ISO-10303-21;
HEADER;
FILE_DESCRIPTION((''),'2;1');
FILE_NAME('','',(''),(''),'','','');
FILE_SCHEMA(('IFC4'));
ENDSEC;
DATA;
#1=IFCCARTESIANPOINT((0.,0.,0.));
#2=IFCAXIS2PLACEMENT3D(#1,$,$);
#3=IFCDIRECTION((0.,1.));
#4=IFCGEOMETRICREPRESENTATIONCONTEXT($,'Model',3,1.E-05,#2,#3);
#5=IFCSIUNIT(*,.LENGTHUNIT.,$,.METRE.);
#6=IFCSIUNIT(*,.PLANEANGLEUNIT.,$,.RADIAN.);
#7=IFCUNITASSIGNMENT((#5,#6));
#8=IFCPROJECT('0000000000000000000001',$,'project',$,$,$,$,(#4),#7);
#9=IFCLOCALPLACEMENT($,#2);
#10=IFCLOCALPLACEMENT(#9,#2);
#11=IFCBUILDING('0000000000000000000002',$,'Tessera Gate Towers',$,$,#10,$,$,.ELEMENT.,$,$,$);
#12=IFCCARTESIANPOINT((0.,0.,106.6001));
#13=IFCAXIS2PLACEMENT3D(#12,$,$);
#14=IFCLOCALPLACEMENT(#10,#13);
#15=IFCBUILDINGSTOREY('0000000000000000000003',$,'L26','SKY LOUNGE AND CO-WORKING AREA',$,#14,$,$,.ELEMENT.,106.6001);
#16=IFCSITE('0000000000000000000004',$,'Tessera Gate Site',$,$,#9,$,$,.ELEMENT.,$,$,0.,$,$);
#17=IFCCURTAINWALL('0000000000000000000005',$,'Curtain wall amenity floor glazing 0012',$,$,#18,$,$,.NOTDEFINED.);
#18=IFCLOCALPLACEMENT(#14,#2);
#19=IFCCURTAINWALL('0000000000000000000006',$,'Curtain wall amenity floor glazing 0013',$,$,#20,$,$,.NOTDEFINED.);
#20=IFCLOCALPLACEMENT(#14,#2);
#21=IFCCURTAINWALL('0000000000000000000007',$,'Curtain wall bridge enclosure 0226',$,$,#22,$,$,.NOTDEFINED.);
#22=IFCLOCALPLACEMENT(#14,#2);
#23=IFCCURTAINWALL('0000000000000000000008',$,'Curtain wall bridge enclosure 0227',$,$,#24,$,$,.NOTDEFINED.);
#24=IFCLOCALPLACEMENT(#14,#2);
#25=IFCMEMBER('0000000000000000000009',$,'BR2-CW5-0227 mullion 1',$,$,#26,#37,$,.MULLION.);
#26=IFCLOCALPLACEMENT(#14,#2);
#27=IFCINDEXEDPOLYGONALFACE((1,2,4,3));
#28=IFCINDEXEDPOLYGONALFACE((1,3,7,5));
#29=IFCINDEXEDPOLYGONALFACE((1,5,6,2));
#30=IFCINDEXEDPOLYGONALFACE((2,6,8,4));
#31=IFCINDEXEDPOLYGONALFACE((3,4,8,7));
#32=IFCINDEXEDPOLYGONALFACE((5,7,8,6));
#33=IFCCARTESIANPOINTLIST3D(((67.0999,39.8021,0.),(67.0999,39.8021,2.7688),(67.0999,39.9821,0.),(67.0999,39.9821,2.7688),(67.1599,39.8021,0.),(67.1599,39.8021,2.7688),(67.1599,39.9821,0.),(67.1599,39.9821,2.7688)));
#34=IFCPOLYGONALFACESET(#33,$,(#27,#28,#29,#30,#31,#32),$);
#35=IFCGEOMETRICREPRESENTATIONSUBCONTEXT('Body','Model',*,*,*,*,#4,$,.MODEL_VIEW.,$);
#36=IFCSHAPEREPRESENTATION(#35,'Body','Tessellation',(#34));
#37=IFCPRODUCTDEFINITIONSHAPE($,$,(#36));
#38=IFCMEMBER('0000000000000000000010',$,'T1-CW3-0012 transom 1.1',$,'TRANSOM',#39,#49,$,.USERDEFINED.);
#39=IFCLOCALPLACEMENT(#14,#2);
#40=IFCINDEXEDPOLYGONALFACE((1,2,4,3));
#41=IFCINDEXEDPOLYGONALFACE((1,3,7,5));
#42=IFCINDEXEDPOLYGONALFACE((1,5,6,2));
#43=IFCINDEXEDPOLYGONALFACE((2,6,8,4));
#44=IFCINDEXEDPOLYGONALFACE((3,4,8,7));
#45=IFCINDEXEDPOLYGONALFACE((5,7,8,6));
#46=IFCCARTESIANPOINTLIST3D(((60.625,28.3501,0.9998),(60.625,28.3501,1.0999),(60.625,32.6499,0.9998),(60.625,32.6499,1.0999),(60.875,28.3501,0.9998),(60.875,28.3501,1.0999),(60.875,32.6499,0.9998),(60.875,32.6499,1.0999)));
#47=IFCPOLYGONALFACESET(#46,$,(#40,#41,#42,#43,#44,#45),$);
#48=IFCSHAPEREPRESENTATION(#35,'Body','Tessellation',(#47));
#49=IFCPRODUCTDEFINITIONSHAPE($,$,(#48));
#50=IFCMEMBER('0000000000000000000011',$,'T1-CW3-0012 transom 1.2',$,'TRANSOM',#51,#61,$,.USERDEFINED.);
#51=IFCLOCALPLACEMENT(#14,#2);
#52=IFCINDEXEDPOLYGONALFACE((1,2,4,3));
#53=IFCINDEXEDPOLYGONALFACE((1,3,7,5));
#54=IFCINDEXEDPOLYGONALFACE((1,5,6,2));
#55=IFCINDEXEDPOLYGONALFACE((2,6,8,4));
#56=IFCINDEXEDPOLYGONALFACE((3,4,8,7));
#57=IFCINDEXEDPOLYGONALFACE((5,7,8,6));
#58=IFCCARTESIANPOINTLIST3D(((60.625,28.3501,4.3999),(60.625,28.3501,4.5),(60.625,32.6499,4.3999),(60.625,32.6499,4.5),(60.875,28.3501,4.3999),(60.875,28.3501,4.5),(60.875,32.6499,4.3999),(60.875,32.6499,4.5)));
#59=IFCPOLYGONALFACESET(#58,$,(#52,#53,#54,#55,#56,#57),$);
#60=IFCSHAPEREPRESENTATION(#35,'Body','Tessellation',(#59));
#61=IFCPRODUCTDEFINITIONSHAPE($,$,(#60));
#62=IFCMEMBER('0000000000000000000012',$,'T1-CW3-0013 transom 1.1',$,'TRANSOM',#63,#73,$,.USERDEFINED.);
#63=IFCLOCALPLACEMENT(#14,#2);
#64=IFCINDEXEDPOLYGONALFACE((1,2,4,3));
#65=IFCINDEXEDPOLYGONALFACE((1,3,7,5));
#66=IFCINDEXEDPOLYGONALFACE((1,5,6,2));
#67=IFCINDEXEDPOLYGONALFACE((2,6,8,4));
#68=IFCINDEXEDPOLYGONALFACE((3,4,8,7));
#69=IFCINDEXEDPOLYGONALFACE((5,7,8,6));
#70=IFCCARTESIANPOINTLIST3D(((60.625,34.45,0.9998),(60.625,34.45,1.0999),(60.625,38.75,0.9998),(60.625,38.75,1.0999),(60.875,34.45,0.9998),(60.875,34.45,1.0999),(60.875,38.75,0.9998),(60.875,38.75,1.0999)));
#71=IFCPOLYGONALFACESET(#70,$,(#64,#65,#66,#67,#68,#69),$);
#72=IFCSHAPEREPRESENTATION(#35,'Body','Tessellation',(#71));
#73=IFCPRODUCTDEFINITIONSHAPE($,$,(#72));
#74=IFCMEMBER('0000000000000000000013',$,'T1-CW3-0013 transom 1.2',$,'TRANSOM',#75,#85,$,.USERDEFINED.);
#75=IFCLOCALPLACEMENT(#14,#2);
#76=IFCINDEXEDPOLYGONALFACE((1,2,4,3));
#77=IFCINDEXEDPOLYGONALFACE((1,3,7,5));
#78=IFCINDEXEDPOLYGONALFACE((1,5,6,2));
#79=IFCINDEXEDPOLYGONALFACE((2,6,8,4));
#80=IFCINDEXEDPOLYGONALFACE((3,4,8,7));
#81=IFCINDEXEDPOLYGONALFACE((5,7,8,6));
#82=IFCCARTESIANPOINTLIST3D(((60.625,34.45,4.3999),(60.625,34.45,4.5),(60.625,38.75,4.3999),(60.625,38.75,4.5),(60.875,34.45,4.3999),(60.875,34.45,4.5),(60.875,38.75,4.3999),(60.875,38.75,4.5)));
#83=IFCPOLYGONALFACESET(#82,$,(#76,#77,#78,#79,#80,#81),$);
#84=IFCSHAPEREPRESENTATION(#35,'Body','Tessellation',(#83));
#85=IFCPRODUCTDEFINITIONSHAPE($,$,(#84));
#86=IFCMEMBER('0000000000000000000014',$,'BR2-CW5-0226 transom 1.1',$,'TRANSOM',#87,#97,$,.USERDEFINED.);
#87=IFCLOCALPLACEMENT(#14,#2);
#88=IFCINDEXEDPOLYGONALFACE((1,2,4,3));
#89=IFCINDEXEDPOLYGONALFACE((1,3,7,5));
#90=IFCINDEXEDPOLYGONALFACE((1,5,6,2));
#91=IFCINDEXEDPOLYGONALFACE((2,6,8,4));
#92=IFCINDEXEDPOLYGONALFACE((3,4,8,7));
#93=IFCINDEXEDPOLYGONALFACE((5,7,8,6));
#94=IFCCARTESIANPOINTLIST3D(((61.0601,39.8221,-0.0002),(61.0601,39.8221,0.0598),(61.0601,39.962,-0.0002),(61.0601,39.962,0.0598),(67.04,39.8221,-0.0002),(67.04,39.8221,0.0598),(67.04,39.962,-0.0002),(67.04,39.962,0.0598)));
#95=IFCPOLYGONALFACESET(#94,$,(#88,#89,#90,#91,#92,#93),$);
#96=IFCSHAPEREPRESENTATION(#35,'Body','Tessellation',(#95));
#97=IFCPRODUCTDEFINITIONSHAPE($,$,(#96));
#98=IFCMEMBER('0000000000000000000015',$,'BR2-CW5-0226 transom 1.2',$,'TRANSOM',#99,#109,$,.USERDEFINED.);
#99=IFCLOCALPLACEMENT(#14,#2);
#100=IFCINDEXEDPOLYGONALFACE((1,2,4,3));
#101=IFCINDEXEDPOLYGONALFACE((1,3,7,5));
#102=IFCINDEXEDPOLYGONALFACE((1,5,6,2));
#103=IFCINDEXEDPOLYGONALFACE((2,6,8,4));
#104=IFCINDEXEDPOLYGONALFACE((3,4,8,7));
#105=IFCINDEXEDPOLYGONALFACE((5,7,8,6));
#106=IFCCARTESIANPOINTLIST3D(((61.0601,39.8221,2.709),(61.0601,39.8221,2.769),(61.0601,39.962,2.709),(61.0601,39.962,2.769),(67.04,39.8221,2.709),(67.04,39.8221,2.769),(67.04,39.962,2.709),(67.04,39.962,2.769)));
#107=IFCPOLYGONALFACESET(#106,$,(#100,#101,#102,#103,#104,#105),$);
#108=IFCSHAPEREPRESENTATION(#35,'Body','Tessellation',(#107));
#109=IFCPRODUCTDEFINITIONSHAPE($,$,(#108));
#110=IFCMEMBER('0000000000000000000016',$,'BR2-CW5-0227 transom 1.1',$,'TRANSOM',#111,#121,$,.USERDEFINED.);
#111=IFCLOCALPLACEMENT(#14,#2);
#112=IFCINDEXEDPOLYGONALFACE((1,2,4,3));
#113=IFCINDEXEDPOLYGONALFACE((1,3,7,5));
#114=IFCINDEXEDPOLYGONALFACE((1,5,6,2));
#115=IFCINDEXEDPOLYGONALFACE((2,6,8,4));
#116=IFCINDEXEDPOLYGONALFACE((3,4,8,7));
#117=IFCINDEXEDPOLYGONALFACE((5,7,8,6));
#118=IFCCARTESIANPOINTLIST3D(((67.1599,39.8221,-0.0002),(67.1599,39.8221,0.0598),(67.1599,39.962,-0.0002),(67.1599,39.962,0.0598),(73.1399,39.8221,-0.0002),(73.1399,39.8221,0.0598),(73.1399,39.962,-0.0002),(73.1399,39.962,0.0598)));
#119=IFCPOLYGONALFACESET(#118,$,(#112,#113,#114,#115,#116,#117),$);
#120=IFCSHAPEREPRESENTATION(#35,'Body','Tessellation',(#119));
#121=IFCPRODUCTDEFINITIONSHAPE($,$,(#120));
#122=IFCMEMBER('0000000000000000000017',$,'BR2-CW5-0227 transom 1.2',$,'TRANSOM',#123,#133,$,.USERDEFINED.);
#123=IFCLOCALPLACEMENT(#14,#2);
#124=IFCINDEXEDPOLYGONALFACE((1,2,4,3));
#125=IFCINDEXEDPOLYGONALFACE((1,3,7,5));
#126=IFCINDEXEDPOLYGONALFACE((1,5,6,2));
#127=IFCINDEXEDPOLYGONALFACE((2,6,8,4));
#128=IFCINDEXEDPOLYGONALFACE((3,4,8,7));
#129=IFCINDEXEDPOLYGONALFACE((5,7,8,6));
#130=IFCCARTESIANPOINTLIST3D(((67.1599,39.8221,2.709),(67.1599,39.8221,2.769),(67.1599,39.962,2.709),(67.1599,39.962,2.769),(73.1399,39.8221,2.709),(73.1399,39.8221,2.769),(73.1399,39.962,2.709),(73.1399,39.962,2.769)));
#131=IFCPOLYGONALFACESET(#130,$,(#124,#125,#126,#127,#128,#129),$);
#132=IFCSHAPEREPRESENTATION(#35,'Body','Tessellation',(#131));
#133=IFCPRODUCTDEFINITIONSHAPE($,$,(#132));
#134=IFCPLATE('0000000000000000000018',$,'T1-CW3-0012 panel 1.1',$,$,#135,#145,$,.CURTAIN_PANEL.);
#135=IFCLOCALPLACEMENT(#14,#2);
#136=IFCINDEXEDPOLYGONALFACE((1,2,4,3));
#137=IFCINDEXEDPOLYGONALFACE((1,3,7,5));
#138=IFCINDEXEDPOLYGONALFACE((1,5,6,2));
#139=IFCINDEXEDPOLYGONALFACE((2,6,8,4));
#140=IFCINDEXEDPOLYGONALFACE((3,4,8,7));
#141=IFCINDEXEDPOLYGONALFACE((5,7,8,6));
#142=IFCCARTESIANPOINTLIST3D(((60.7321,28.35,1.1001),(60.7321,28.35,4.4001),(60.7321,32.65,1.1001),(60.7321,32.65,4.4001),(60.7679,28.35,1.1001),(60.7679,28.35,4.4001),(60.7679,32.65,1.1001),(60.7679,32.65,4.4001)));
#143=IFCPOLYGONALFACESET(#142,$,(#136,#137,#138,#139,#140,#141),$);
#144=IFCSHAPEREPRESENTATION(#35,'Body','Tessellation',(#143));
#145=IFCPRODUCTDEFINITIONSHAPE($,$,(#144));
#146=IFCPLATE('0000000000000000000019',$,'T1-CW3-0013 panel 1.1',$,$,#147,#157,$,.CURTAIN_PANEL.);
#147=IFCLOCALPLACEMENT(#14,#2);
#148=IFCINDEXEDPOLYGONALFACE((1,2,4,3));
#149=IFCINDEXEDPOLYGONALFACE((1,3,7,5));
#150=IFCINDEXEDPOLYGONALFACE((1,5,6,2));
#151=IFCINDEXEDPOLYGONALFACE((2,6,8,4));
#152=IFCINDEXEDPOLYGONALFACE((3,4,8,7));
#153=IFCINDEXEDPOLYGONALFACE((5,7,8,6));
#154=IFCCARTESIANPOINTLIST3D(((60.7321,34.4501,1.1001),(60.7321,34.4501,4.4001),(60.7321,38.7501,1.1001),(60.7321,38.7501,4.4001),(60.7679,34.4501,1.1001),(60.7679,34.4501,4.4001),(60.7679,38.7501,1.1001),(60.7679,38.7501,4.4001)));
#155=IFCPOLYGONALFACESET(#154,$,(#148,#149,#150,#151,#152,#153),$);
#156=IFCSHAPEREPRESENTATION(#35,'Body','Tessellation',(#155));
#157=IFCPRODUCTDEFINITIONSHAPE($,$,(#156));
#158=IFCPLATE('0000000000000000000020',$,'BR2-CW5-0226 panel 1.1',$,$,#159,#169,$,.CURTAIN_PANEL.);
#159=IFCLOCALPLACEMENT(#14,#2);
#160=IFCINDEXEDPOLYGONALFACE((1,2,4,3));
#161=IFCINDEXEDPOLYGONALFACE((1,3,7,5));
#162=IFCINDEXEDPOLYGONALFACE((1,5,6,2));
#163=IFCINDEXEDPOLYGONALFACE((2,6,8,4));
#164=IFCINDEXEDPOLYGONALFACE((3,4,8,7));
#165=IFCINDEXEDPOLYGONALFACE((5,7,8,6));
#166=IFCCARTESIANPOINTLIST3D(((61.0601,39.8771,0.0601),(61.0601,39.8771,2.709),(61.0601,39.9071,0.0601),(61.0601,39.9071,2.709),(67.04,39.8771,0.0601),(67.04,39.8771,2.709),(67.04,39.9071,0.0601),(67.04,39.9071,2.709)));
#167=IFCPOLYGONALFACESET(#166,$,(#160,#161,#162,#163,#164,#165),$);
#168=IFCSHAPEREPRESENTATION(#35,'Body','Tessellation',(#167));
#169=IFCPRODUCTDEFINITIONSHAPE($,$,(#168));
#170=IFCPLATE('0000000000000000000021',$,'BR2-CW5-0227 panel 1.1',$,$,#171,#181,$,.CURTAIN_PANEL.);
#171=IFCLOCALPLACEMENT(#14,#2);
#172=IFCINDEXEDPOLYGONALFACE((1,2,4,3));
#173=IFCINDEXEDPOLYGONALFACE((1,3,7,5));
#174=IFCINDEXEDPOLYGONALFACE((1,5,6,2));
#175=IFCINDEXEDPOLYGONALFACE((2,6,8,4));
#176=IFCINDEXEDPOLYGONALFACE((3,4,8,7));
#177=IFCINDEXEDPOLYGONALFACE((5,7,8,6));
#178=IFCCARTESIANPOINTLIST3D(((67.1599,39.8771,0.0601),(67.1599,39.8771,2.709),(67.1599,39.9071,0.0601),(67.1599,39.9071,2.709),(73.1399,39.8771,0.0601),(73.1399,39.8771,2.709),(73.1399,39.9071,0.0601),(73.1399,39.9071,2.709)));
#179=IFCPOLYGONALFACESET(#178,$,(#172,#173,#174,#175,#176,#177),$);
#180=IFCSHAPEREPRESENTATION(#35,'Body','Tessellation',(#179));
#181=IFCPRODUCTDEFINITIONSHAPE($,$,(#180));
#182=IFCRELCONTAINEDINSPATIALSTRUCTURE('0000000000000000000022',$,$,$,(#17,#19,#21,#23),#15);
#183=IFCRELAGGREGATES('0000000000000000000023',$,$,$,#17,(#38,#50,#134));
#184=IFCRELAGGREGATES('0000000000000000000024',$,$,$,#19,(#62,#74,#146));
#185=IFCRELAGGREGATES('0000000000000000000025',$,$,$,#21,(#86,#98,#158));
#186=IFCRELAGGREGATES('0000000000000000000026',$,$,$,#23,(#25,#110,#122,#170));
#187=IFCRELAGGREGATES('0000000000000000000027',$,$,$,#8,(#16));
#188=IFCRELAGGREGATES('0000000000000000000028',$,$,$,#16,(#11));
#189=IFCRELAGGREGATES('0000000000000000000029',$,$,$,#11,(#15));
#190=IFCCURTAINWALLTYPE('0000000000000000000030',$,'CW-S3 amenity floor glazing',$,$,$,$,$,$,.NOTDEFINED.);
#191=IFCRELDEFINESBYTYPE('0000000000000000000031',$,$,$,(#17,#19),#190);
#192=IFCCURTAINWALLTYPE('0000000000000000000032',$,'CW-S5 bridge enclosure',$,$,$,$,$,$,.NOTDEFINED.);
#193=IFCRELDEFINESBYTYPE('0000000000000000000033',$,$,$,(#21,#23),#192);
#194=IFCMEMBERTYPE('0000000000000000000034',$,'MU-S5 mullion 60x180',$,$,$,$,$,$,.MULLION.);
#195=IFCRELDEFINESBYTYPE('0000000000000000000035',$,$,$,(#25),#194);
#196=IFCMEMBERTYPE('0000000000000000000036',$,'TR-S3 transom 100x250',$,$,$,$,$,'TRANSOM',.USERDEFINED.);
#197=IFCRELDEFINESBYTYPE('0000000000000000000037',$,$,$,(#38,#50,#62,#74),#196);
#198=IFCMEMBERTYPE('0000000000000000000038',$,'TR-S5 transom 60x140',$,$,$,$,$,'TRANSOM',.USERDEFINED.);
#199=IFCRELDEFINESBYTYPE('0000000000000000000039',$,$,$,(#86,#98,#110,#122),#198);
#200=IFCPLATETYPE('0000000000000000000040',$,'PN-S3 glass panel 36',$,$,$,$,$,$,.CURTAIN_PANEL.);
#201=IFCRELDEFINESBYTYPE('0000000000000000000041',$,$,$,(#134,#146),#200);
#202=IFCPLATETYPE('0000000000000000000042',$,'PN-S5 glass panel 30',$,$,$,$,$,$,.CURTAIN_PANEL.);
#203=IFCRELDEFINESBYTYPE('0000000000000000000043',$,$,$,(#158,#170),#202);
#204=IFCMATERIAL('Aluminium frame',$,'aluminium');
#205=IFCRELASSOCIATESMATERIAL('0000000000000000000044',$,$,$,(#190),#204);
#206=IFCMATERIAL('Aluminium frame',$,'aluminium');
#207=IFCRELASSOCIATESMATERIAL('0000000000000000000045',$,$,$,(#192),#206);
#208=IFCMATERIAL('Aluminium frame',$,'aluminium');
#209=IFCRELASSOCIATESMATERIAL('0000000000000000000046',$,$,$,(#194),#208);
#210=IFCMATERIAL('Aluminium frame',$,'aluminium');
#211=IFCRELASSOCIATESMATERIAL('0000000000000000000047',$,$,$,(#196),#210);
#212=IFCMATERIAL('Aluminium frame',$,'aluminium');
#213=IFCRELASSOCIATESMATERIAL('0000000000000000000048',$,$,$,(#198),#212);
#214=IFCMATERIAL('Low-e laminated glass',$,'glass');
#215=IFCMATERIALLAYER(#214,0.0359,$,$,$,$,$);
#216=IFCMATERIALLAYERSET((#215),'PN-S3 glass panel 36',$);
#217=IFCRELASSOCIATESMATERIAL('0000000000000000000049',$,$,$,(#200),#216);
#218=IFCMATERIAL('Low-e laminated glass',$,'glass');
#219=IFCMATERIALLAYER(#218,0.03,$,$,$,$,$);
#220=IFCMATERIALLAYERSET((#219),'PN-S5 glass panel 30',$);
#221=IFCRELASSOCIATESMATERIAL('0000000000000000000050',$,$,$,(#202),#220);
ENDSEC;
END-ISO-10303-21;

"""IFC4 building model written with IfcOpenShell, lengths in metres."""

from ifc_helpers import new_model, si_unit, direction, frame, origin, origin_2d, place, context, subcontext, project, spatial, rectangle, extrude, material, layer, layer_set, material_profile, profile_set, type_object, element, aggregate, save


model = new_model("IFC4")

# Units and contexts
model_context = context("Model", 3, precision=1e-05, world=origin(), true_north=direction((0.0, 1.0)))
body_context = subcontext(model_context, "Body", "Model", "MODEL_VIEW")
ifc_project = project(units=[si_unit("LENGTHUNIT", "METRE"), si_unit("PLANEANGLEUNIT", "RADIAN")], contexts=[model_context])

# Site, building, storey
site_placement = place(None, origin())
site = spatial("IfcSite", under=ifc_project, at=site_placement, Name="Tessera Gate Site", CompositionType="ELEMENT", RefElevation=0.0)
building_placement = place(site_placement, origin())
building = spatial("IfcBuilding", under=site, at=building_placement, Name="Tessera Gate Towers", CompositionType="ELEMENT")
storey_placement = place(building_placement, frame((0.0, 0.0, 106.6001)))
storey = spatial("IfcBuildingStorey", under=building, at=storey_placement, Name="L26", Description="SKY LOUNGE AND CO-WORKING AREA", CompositionType="ELEMENT", Elevation=106.6001)

# Curtain walls
ifc_material_1 = material(Name="Aluminium frame", Category="aluminium")
curtain_wall_type_1 = type_object("IfcCurtainWallType", Name="CW-S3 amenity floor glazing", PredefinedType="NOTDEFINED", material=ifc_material_1)
curtain_wall_1_placement = place(storey_placement, origin())
curtain_wall_1 = element("IfcCurtainWall", 1, at=curtain_wall_1_placement, inside=storey, type_object=curtain_wall_type_1, Name="Curtain wall amenity floor glazing 0012", PredefinedType="NOTDEFINED")
curtain_wall_2_placement = place(storey_placement, origin())
curtain_wall_2 = element("IfcCurtainWall", 2, at=curtain_wall_2_placement, inside=storey, type_object=curtain_wall_type_1, Name="Curtain wall amenity floor glazing 0013", PredefinedType="NOTDEFINED")
ifc_material_2 = material(Name="Aluminium frame", Category="aluminium")
curtain_wall_type_2 = type_object("IfcCurtainWallType", Name="CW-S5 bridge enclosure", PredefinedType="NOTDEFINED", material=ifc_material_2)
curtain_wall_3_placement = place(storey_placement, origin())
curtain_wall_3 = element("IfcCurtainWall", 3, at=curtain_wall_3_placement, inside=storey, type_object=curtain_wall_type_2, Name="Curtain wall bridge enclosure 0226", PredefinedType="NOTDEFINED")
ifc_material_3 = material(Name="Aluminium frame", Category="aluminium")
ifc_material_profile_1 = material_profile(ifc_material_3, rectangle(XDim=0.0601, YDim=0.1799, at=origin_2d()), Name="AL 60x180")
ifc_profile_set_1 = profile_set([ifc_material_profile_1], Name="Aluminium frame")
member_type_1 = type_object("IfcMemberType", Name="MU-S5 mullion 60x180", PredefinedType="MULLION", material=ifc_profile_set_1)

# Curtain wall, member
curtain_wall_4_placement = place(storey_placement, origin())
curtain_wall_4 = element("IfcCurtainWall", 4, at=curtain_wall_4_placement, inside=storey, type_object=curtain_wall_type_2, Name="Curtain wall bridge enclosure 0227", PredefinedType="NOTDEFINED")
member_1_placement = place(storey_placement, frame((67.1299, 39.8921, 0.0), z_axis=(0.0, 0.0, 1.0), x_axis=(1.0, 0.0, 0.0)))
member_1 = element("IfcMember", 5, at=member_1_placement, type_object=member_type_1, Name="BR2-CW5-0227 mullion 1", PredefinedType="MULLION", context=body_context, shape_type="SweptSolid", body=[
    extrude(rectangle(XDim=0.0601, YDim=0.1799, at=origin_2d()), origin(), (0.0, 0.0, 1.0), 2.7688),
])

# Members
ifc_material_4 = material(Name="Aluminium frame", Category="aluminium")
ifc_material_profile_2 = material_profile(ifc_material_4, rectangle(XDim=0.25, YDim=0.1001, at=origin_2d()), Name="AL 100x250")
ifc_profile_set_2 = profile_set([ifc_material_profile_2], Name="Aluminium frame")
member_type_2 = type_object("IfcMemberType", Name="TR-S3 transom 100x250", ElementType="TRANSOM", PredefinedType="USERDEFINED", material=ifc_profile_set_2)
member_2_placement = place(storey_placement, frame((60.75, 28.3501, 1.0498), z_axis=(0.0, 1.0, 0.0), x_axis=(-1.0, 0.0, 0.0)))
member_2 = element("IfcMember", 6, at=member_2_placement, type_object=member_type_2, Name="T1-CW3-0012 transom 1.1", ObjectType="TRANSOM", PredefinedType="USERDEFINED", context=body_context, shape_type="SweptSolid", body=[
    extrude(rectangle(XDim=0.25, YDim=0.1001, at=origin_2d()), origin(), (0.0, 0.0, 1.0), 4.2998),
])
member_3_placement = place(storey_placement, frame((60.75, 28.3501, 4.45), z_axis=(0.0, 1.0, 0.0), x_axis=(-1.0, 0.0, 0.0)))
member_3 = element("IfcMember", 7, at=member_3_placement, type_object=member_type_2, Name="T1-CW3-0012 transom 1.2", ObjectType="TRANSOM", PredefinedType="USERDEFINED", context=body_context, shape_type="SweptSolid", body=[
    extrude(rectangle(XDim=0.25, YDim=0.1001, at=origin_2d()), origin(), (0.0, 0.0, 1.0), 4.2998),
])
member_4_placement = place(storey_placement, frame((60.75, 34.45, 1.0498), z_axis=(0.0, 1.0, 0.0), x_axis=(-1.0, 0.0, 0.0)))
member_4 = element("IfcMember", 8, at=member_4_placement, type_object=member_type_2, Name="T1-CW3-0013 transom 1.1", ObjectType="TRANSOM", PredefinedType="USERDEFINED", context=body_context, shape_type="SweptSolid", body=[
    extrude(rectangle(XDim=0.25, YDim=0.1001, at=origin_2d()), origin(), (0.0, 0.0, 1.0), 4.3),
])
member_5_placement = place(storey_placement, frame((60.75, 34.45, 4.45), z_axis=(0.0, 1.0, 0.0), x_axis=(-1.0, 0.0, 0.0)))
member_5 = element("IfcMember", 9, at=member_5_placement, type_object=member_type_2, Name="T1-CW3-0013 transom 1.2", ObjectType="TRANSOM", PredefinedType="USERDEFINED", context=body_context, shape_type="SweptSolid", body=[
    extrude(rectangle(XDim=0.25, YDim=0.1001, at=origin_2d()), origin(), (0.0, 0.0, 1.0), 4.3),
])
ifc_material_5 = material(Name="Aluminium frame", Category="aluminium")
ifc_material_profile_3 = material_profile(ifc_material_5, rectangle(XDim=0.1399, YDim=0.0601, at=origin_2d()), Name="AL 60x140")
ifc_profile_set_3 = profile_set([ifc_material_profile_3], Name="Aluminium frame")
member_type_3 = type_object("IfcMemberType", Name="TR-S5 transom 60x140", ElementType="TRANSOM", PredefinedType="USERDEFINED", material=ifc_profile_set_3)
member_6_placement = place(storey_placement, frame((61.0601, 39.8921, 0.0298), z_axis=(1.0, 0.0, 0.0), x_axis=(0.0, 1.0, 0.0)))
member_6 = element("IfcMember", 10, at=member_6_placement, type_object=member_type_3, Name="BR2-CW5-0226 transom 1.1", ObjectType="TRANSOM", PredefinedType="USERDEFINED", context=body_context, shape_type="SweptSolid", body=[
    extrude(rectangle(XDim=0.1399, YDim=0.0601, at=origin_2d()), origin(), (0.0, 0.0, 1.0), 5.98),
])
member_7_placement = place(storey_placement, frame((61.0601, 39.8921, 2.739), z_axis=(1.0, 0.0, 0.0), x_axis=(0.0, 1.0, 0.0)))
member_7 = element("IfcMember", 11, at=member_7_placement, type_object=member_type_3, Name="BR2-CW5-0226 transom 1.2", ObjectType="TRANSOM", PredefinedType="USERDEFINED", context=body_context, shape_type="SweptSolid", body=[
    extrude(rectangle(XDim=0.1399, YDim=0.0601, at=origin_2d()), origin(), (0.0, 0.0, 1.0), 5.98),
])
member_8_placement = place(storey_placement, frame((67.1599, 39.8921, 0.0298), z_axis=(1.0, 0.0, 0.0), x_axis=(0.0, 1.0, 0.0)))
member_8 = element("IfcMember", 12, at=member_8_placement, type_object=member_type_3, Name="BR2-CW5-0227 transom 1.1", ObjectType="TRANSOM", PredefinedType="USERDEFINED", context=body_context, shape_type="SweptSolid", body=[
    extrude(rectangle(XDim=0.1399, YDim=0.0601, at=origin_2d()), origin(), (0.0, 0.0, 1.0), 5.98),
])
member_9_placement = place(storey_placement, frame((67.1599, 39.8921, 2.739), z_axis=(1.0, 0.0, 0.0), x_axis=(0.0, 1.0, 0.0)))
member_9 = element("IfcMember", 13, at=member_9_placement, type_object=member_type_3, Name="BR2-CW5-0227 transom 1.2", ObjectType="TRANSOM", PredefinedType="USERDEFINED", context=body_context, shape_type="SweptSolid", body=[
    extrude(rectangle(XDim=0.1399, YDim=0.0601, at=origin_2d()), origin(), (0.0, 0.0, 1.0), 5.98),
])

# Plates
ifc_material_6 = material(Name="Low-e laminated glass", Category="glass")
ifc_layer_1 = layer(ifc_material_6, 0.0359)
ifc_layer_set_1 = layer_set([ifc_layer_1], Name="PN-S3 glass panel 36")
plate_type_1 = type_object("IfcPlateType", Name="PN-S3 glass panel 36", PredefinedType="CURTAIN_PANEL", material=ifc_layer_set_1)
plate_1_placement = place(storey_placement, frame((60.75, 30.5, 1.1001), z_axis=(0.0, 0.0, 1.0), x_axis=(0.0, 1.0, 0.0)))
plate_1 = element("IfcPlate", 14, at=plate_1_placement, type_object=plate_type_1, Name="T1-CW3-0012 panel 1.1", PredefinedType="CURTAIN_PANEL", context=body_context, shape_type="SweptSolid", body=[
    extrude(rectangle(XDim=4.3, YDim=0.0359, at=origin_2d()), origin(), (0.0, 0.0, 1.0), 3.3),
])
aggregate(curtain_wall_1, [member_2, member_3, plate_1])
plate_2_placement = place(storey_placement, frame((60.75, 36.6001, 1.1001), z_axis=(0.0, 0.0, 1.0), x_axis=(0.0, 1.0, 0.0)))
plate_2 = element("IfcPlate", 15, at=plate_2_placement, type_object=plate_type_1, Name="T1-CW3-0013 panel 1.1", PredefinedType="CURTAIN_PANEL", context=body_context, shape_type="SweptSolid", body=[
    extrude(rectangle(XDim=4.3, YDim=0.0359, at=origin_2d()), origin(), (0.0, 0.0, 1.0), 3.3),
])
aggregate(curtain_wall_2, [member_4, member_5, plate_2])
ifc_material_7 = material(Name="Low-e laminated glass", Category="glass")
ifc_layer_2 = layer(ifc_material_7, 0.03)
ifc_layer_set_2 = layer_set([ifc_layer_2], Name="PN-S5 glass panel 30")
plate_type_2 = type_object("IfcPlateType", Name="PN-S5 glass panel 30", PredefinedType="CURTAIN_PANEL", material=ifc_layer_set_2)
plate_3_placement = place(storey_placement, frame((64.05, 39.8921, 0.0601), z_axis=(0.0, 0.0, 1.0), x_axis=(1.0, 0.0, 0.0)))
plate_3 = element("IfcPlate", 16, at=plate_3_placement, type_object=plate_type_2, Name="BR2-CW5-0226 panel 1.1", PredefinedType="CURTAIN_PANEL", context=body_context, shape_type="SweptSolid", body=[
    extrude(rectangle(XDim=5.98, YDim=0.03, at=origin_2d()), origin(), (0.0, 0.0, 1.0), 2.6489),
])
aggregate(curtain_wall_3, [member_6, member_7, plate_3])
plate_4_placement = place(storey_placement, frame((70.1499, 39.8921, 0.0601), z_axis=(0.0, 0.0, 1.0), x_axis=(1.0, 0.0, 0.0)))
plate_4 = element("IfcPlate", 17, at=plate_4_placement, type_object=plate_type_2, Name="BR2-CW5-0227 panel 1.1", PredefinedType="CURTAIN_PANEL", context=body_context, shape_type="SweptSolid", body=[
    extrude(rectangle(XDim=5.98, YDim=0.03, at=origin_2d()), origin(), (0.0, 0.0, 1.0), 2.6489),
])
aggregate(curtain_wall_4, [member_1, member_8, member_9, plate_4])

save(model, "model.ifc")
